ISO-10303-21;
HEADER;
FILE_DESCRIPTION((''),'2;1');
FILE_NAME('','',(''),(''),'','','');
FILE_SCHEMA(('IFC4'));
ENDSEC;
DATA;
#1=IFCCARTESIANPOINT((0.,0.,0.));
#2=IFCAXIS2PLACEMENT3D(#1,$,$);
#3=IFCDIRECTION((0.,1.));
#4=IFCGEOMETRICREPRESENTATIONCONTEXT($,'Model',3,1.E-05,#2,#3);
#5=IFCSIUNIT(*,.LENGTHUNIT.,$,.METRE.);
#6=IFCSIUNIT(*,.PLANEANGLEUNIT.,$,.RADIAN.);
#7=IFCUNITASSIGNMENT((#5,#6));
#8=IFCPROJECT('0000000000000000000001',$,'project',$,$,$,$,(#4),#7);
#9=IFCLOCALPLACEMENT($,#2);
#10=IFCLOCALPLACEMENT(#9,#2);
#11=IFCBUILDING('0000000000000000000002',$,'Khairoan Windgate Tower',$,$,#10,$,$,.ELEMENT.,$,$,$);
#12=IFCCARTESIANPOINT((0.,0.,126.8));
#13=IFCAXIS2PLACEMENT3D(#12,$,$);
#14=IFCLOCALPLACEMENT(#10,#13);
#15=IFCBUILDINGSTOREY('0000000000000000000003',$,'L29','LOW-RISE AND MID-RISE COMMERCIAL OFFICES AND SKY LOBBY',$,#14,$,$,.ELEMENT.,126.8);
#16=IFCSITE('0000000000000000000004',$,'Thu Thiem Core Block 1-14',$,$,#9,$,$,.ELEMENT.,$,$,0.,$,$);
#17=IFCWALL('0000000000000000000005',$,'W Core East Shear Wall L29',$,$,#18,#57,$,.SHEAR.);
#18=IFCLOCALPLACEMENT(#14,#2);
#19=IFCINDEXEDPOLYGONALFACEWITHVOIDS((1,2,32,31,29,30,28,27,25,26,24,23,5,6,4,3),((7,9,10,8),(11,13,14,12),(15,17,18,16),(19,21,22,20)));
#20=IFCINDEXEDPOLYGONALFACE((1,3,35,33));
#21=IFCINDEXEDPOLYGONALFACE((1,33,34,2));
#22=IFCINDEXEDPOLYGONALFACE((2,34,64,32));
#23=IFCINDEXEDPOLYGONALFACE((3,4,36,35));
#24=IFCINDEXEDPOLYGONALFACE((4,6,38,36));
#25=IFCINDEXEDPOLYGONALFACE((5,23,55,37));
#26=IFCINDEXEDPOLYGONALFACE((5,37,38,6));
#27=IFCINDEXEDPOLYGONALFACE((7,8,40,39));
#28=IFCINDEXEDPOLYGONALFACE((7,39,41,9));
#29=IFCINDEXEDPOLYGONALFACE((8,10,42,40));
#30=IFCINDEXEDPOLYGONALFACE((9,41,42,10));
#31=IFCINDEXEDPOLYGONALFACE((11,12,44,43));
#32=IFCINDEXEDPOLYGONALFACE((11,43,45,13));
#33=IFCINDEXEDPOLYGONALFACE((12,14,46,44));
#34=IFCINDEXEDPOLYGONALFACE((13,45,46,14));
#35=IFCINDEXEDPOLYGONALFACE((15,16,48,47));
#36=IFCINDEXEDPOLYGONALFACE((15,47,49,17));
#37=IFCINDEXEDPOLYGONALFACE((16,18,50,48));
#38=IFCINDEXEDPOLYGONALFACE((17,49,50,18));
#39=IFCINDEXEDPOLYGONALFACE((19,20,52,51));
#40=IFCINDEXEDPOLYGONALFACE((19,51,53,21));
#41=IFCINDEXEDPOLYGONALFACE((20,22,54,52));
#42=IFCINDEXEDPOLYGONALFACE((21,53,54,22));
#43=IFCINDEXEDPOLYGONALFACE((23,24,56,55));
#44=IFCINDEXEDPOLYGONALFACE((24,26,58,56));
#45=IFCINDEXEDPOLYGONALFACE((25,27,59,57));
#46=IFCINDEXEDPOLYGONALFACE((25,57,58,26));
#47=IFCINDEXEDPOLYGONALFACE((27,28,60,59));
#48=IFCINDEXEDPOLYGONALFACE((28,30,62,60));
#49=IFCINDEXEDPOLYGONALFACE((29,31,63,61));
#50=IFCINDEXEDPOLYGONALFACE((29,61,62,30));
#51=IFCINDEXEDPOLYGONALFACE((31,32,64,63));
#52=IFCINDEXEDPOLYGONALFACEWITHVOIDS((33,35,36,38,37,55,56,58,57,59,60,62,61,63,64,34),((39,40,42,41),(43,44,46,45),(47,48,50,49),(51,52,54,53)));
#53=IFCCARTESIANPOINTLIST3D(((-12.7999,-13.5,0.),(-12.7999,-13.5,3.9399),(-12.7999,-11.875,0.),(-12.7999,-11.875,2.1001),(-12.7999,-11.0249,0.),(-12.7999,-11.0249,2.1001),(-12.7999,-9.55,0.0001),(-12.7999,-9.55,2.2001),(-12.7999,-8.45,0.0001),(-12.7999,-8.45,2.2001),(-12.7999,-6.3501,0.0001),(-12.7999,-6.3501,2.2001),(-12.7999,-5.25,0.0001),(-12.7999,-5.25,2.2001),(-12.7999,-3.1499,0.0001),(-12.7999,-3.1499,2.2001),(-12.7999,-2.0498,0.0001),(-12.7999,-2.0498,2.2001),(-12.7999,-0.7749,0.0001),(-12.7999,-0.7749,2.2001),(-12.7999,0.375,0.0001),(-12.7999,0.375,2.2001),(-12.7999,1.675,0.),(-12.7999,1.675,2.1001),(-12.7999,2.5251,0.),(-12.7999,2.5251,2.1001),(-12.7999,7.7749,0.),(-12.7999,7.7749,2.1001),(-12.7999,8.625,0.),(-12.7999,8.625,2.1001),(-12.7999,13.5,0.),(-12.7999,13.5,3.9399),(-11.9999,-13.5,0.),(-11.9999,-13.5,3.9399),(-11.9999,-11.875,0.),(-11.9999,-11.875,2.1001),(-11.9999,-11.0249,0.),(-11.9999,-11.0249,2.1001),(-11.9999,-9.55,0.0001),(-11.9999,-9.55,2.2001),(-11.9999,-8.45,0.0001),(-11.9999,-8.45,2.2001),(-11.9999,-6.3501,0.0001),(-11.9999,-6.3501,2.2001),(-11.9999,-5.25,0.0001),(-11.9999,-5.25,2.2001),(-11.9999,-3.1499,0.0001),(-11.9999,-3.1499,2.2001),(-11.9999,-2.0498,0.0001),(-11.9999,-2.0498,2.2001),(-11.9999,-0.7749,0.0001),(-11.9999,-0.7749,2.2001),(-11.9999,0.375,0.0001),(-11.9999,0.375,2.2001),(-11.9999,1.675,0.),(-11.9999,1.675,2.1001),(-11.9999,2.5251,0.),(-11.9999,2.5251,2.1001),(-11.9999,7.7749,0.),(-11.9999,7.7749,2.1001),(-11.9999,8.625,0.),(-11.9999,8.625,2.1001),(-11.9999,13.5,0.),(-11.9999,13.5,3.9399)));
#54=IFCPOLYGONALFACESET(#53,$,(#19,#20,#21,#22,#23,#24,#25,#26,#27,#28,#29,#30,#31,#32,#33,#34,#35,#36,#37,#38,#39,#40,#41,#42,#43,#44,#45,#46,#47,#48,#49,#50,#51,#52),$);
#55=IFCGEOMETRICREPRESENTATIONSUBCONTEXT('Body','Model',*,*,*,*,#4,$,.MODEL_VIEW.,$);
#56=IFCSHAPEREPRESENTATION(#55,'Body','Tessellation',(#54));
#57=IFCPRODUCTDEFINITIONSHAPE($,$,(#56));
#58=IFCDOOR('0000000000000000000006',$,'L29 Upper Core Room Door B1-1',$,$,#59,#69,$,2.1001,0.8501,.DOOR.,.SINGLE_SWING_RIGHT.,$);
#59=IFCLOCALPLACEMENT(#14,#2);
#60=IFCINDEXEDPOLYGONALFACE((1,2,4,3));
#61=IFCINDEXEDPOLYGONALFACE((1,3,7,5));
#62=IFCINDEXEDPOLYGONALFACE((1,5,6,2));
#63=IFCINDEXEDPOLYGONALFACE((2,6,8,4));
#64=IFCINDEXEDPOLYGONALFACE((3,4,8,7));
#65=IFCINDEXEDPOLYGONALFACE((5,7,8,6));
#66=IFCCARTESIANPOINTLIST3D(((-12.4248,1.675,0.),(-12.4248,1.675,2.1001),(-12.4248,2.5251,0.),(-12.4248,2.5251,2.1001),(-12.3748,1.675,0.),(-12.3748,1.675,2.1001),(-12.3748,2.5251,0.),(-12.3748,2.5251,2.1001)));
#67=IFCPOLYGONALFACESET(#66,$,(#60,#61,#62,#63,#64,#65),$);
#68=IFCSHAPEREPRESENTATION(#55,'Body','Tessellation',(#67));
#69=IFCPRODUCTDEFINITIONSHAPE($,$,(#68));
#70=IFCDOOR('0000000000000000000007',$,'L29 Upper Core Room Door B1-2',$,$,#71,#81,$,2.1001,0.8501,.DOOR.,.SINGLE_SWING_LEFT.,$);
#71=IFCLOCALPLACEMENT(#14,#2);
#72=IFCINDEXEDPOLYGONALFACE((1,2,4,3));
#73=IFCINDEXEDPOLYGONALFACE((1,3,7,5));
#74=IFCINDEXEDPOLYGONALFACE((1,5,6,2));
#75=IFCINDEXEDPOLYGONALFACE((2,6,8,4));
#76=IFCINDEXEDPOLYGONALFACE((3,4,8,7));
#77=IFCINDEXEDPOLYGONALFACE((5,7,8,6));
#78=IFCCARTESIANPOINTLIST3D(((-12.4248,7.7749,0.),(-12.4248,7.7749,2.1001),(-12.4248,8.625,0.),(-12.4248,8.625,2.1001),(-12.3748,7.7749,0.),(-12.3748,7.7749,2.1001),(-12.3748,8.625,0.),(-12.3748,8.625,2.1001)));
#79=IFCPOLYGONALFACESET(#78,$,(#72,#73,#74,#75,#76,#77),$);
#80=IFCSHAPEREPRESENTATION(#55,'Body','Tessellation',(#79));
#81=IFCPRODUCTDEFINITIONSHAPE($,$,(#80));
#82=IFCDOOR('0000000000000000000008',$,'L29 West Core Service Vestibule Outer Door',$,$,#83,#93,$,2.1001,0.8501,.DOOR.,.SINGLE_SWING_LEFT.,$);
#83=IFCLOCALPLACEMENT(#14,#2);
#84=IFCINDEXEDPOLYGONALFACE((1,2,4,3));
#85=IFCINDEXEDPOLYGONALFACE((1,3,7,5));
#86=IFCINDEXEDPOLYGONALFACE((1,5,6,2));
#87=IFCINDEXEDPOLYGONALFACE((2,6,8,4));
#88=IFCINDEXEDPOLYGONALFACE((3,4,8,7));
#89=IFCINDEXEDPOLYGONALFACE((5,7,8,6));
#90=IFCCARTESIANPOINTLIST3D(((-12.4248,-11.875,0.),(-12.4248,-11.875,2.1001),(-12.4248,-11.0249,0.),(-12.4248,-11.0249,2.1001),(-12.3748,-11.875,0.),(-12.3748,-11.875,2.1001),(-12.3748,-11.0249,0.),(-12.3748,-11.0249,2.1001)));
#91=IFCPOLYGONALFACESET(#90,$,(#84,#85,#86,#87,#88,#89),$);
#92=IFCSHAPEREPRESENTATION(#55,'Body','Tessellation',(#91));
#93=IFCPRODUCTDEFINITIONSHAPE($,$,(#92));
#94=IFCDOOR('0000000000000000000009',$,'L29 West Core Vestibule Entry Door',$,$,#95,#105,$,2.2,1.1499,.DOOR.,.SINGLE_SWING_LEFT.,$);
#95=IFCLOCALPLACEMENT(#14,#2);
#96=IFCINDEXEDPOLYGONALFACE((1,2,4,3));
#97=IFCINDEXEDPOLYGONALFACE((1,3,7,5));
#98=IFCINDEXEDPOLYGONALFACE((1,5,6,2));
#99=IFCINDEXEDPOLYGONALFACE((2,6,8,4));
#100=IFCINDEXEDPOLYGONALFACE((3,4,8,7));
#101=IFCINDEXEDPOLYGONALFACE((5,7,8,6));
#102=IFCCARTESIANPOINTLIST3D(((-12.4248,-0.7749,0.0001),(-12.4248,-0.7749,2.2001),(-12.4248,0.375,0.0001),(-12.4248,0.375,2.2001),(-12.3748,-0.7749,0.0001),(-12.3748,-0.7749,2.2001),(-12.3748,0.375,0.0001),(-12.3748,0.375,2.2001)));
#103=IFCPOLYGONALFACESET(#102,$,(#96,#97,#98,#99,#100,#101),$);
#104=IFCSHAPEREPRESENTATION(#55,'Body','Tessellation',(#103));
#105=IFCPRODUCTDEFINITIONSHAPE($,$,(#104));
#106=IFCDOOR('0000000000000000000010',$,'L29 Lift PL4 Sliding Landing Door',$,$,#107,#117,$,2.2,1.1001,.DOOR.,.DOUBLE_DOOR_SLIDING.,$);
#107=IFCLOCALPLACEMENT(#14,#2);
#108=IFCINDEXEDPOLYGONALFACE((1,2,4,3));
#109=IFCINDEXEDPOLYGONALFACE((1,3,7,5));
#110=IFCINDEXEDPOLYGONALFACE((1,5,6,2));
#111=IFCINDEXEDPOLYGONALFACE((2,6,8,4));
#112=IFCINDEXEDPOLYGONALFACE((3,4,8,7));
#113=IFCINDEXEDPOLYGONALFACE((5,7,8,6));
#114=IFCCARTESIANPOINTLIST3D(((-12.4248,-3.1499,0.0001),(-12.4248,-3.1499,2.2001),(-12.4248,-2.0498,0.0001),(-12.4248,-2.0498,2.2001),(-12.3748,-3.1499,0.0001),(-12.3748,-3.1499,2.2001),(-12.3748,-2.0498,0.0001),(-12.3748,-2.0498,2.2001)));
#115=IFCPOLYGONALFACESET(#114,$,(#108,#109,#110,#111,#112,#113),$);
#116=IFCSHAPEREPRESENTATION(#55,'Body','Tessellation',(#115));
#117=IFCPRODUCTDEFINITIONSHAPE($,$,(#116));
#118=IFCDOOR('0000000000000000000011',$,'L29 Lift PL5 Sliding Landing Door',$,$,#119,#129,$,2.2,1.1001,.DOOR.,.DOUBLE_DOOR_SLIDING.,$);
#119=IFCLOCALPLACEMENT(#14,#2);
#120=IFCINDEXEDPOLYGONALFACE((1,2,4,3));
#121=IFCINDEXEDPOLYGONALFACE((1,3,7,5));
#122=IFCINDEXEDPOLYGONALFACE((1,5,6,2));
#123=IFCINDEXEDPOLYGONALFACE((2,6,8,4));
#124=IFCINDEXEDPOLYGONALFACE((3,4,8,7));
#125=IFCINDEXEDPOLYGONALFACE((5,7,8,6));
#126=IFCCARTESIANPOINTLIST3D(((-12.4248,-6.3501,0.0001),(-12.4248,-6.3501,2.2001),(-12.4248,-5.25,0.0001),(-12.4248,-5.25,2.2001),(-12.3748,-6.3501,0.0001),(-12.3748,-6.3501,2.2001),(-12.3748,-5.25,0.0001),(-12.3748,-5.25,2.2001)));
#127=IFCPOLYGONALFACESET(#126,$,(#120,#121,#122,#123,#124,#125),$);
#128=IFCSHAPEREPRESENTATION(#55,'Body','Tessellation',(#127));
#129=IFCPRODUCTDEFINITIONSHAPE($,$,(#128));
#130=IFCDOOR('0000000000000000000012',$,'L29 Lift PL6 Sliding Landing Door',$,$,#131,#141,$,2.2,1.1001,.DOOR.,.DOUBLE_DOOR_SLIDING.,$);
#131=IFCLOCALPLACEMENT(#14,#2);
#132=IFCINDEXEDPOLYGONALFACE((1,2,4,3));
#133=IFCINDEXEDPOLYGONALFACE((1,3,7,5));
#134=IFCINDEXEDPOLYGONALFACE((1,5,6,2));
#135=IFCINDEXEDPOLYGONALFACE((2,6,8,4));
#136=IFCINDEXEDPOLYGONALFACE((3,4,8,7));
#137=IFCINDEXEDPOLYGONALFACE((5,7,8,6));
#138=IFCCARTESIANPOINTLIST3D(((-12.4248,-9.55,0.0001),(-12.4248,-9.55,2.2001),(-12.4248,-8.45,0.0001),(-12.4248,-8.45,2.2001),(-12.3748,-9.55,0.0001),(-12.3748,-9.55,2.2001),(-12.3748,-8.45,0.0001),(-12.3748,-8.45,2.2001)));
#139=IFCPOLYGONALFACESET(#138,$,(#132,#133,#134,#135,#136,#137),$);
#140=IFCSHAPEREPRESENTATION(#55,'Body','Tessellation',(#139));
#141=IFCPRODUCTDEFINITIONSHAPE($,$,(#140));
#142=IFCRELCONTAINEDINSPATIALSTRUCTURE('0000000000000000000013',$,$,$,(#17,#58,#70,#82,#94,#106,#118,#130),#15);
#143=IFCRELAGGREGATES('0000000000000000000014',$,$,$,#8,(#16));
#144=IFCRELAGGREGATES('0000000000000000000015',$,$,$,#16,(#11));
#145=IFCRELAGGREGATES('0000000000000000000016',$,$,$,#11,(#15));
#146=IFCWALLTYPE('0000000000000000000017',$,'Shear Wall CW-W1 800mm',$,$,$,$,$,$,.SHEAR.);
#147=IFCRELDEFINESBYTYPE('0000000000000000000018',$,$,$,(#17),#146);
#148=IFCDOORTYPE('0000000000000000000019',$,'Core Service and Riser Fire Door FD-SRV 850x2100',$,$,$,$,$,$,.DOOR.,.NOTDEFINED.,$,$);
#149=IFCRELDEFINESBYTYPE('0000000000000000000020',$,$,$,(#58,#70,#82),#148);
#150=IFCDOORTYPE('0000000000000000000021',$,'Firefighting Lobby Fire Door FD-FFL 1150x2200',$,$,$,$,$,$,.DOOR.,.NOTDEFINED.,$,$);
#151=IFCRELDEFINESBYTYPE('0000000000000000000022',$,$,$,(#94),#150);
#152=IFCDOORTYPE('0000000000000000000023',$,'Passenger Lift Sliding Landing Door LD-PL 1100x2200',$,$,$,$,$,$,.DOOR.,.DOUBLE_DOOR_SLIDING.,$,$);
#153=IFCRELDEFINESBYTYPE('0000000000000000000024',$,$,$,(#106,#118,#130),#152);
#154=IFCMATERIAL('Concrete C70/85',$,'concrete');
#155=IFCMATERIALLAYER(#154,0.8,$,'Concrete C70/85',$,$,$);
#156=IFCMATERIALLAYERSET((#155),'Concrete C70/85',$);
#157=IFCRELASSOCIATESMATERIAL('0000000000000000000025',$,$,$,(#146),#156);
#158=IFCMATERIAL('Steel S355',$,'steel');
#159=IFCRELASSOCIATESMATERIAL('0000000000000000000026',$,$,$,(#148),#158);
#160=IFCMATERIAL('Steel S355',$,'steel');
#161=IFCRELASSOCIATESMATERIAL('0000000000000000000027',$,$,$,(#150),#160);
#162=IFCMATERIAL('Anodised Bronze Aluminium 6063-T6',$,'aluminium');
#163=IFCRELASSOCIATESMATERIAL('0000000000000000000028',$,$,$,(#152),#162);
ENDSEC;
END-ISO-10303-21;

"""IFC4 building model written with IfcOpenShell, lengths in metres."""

from ifc_helpers import new_model, si_unit, direction, frame, frame_2d, origin, place, context, subcontext, project, spatial, rectangle, extrude, material, layer, layer_set, type_object, element, fill, save


model = new_model("IFC4")

# Units and contexts
model_context = context("Model", 3, precision=1e-05, world=origin(), true_north=direction((0.0, 1.0)))
body_context = subcontext(model_context, "Body", "Model", "MODEL_VIEW")
ifc_project = project(units=[si_unit("LENGTHUNIT", "METRE"), si_unit("PLANEANGLEUNIT", "RADIAN")], contexts=[model_context])

# Site, building, storey
site_placement = place(None, origin())
site = spatial("IfcSite", under=ifc_project, at=site_placement, Name="Thu Thiem Core Block 1-14", CompositionType="ELEMENT", RefElevation=0.0)
building_placement = place(site_placement, origin())
building = spatial("IfcBuilding", under=site, at=building_placement, Name="Khairoan Windgate Tower", CompositionType="ELEMENT")
storey_placement = place(building_placement, frame((0.0, 0.0, 126.8)))
storey = spatial("IfcBuildingStorey", under=building, at=storey_placement, Name="L29", Description="LOW-RISE AND MID-RISE COMMERCIAL OFFICES AND SKY LOBBY", CompositionType="ELEMENT", Elevation=126.8)

# Wall, openings, doors
ifc_material_1 = material(Name="Concrete C70/85", Category="concrete")
ifc_layer_1 = layer(ifc_material_1, 0.8, Name="Concrete C70/85")
ifc_layer_set_1 = layer_set([ifc_layer_1], Name="Concrete C70/85")
wall_type_1 = type_object("IfcWallType", Name="Shear Wall CW-W1 800mm", PredefinedType="SHEAR", material=ifc_layer_set_1)
wall_1_placement = place(storey_placement, frame((-12.3999, -13.5, 0.0), z_axis=(0.0, 0.0, 1.0), x_axis=(0.0, 1.0, 0.0)))
wall_1 = element("IfcWall", 1, at=wall_1_placement, inside=storey, type_object=wall_type_1, Name="W Core East Shear Wall L29", PredefinedType="SHEAR", context=body_context, shape_type="SweptSolid", body=[
    extrude(rectangle(XDim=27.0, YDim=0.8, at=frame_2d((13.5, 0.0))), origin(), (0.0, 0.0, 1.0), 3.9399),
])
opening_1_placement = place(wall_1_placement, frame((10.3501, 0.0, 0.0)))
opening_1 = element("IfcOpeningElement", 2, at=opening_1_placement, cuts=wall_1, PredefinedType="OPENING", context=body_context, shape_type="SweptSolid", body=[
    extrude(rectangle(XDim=1.1001, YDim=2.2, at=frame_2d((0.55, 1.1001))), frame((0.0, 0.4099, 0.0), z_axis=(0.0, -1.0, 0.0), x_axis=(1.0, 0.0, 0.0)), (0.0, 0.0, 1.0), 0.8201),
])
opening_2_placement = place(wall_1_placement, frame((7.1499, 0.0, 0.0)))
opening_2 = element("IfcOpeningElement", 3, at=opening_2_placement, cuts=wall_1, PredefinedType="OPENING", context=body_context, shape_type="SweptSolid", body=[
    extrude(rectangle(XDim=1.1001, YDim=2.2, at=frame_2d((0.55, 1.1001))), frame((0.0, 0.4099, 0.0), z_axis=(0.0, -1.0, 0.0), x_axis=(1.0, 0.0, 0.0)), (0.0, 0.0, 1.0), 0.8201),
])
opening_3_placement = place(wall_1_placement, frame((3.95, 0.0, 0.0)))
opening_3 = element("IfcOpeningElement", 4, at=opening_3_placement, cuts=wall_1, PredefinedType="OPENING", context=body_context, shape_type="SweptSolid", body=[
    extrude(rectangle(XDim=1.1001, YDim=2.2, at=frame_2d((0.55, 1.1001))), frame((0.0, 0.4099, 0.0), z_axis=(0.0, -1.0, 0.0), x_axis=(1.0, 0.0, 0.0)), (0.0, 0.0, 1.0), 0.8201),
])
opening_4_placement = place(wall_1_placement, frame((15.175, 0.0, 0.0)))
opening_4 = element("IfcOpeningElement", 5, at=opening_4_placement, cuts=wall_1, PredefinedType="OPENING", context=body_context, shape_type="SweptSolid", body=[
    extrude(rectangle(XDim=0.8501, YDim=2.1001, at=frame_2d((0.425, 1.05))), frame((0.0, 0.4099, 0.0), z_axis=(0.0, -1.0, 0.0), x_axis=(1.0, 0.0, 0.0)), (0.0, 0.0, 1.0), 0.8201),
])
opening_5_placement = place(wall_1_placement, frame((21.2749, 0.0, 0.0)))
opening_5 = element("IfcOpeningElement", 6, at=opening_5_placement, cuts=wall_1, PredefinedType="OPENING", context=body_context, shape_type="SweptSolid", body=[
    extrude(rectangle(XDim=0.8501, YDim=2.1001, at=frame_2d((0.425, 1.05))), frame((0.0, 0.4099, 0.0), z_axis=(0.0, -1.0, 0.0), x_axis=(1.0, 0.0, 0.0)), (0.0, 0.0, 1.0), 0.8201),
])
opening_6_placement = place(wall_1_placement, frame((12.7251, 0.0, 0.0)))
opening_6 = element("IfcOpeningElement", 7, at=opening_6_placement, cuts=wall_1, PredefinedType="OPENING", context=body_context, shape_type="SweptSolid", body=[
    extrude(rectangle(XDim=1.1499, YDim=2.2, at=frame_2d((0.575, 1.1001))), frame((0.0, 0.4099, 0.0), z_axis=(0.0, -1.0, 0.0), x_axis=(1.0, 0.0, 0.0)), (0.0, 0.0, 1.0), 0.8201),
])
opening_7_placement = place(wall_1_placement, frame((1.625, 0.0, 0.0)))
opening_7 = element("IfcOpeningElement", 8, at=opening_7_placement, cuts=wall_1, PredefinedType="OPENING", context=body_context, shape_type="SweptSolid", body=[
    extrude(rectangle(XDim=0.8501, YDim=2.1001, at=frame_2d((0.425, 1.05))), frame((0.0, 0.4099, 0.0), z_axis=(0.0, -1.0, 0.0), x_axis=(1.0, 0.0, 0.0)), (0.0, 0.0, 1.0), 0.8201),
])
ifc_material_2 = material(Name="Steel S355", Category="steel")
door_type_1 = type_object("IfcDoorType", Name="Core Service and Riser Fire Door FD-SRV 850x2100", OperationType="NOTDEFINED", PredefinedType="DOOR", material=ifc_material_2)
door_1_placement = place(opening_4_placement, origin())
door_1 = element("IfcDoor", 9, at=door_1_placement, inside=storey, type_object=door_type_1, Name="L29 Upper Core Room Door B1-1", OperationType="SINGLE_SWING_RIGHT", OverallHeight=2.1001, OverallWidth=0.8501, PredefinedType="DOOR", context=body_context, shape_type="SweptSolid", body=[
    extrude(rectangle(XDim=0.8501, YDim=2.1001, at=frame_2d((0.425, 1.05))), frame((0.0, 0.0249, 0.0), z_axis=(0.0, -1.0, 0.0), x_axis=(1.0, 0.0, 0.0)), (0.0, 0.0, 1.0), 0.05),
])
fill(opening_4, door_1)
door_2_placement = place(opening_5_placement, origin())
door_2 = element("IfcDoor", 10, at=door_2_placement, inside=storey, type_object=door_type_1, Name="L29 Upper Core Room Door B1-2", OperationType="SINGLE_SWING_LEFT", OverallHeight=2.1001, OverallWidth=0.8501, PredefinedType="DOOR", context=body_context, shape_type="SweptSolid", body=[
    extrude(rectangle(XDim=0.8501, YDim=2.1001, at=frame_2d((0.425, 1.05))), frame((0.0, 0.0249, 0.0), z_axis=(0.0, -1.0, 0.0), x_axis=(1.0, 0.0, 0.0)), (0.0, 0.0, 1.0), 0.05),
])
fill(opening_5, door_2)
door_3_placement = place(opening_7_placement, origin())
door_3 = element("IfcDoor", 11, at=door_3_placement, inside=storey, type_object=door_type_1, Name="L29 West Core Service Vestibule Outer Door", OperationType="SINGLE_SWING_LEFT", OverallHeight=2.1001, OverallWidth=0.8501, PredefinedType="DOOR", context=body_context, shape_type="SweptSolid", body=[
    extrude(rectangle(XDim=0.8501, YDim=2.1001, at=frame_2d((0.425, 1.05))), frame((0.0, 0.0249, 0.0), z_axis=(0.0, -1.0, 0.0), x_axis=(1.0, 0.0, 0.0)), (0.0, 0.0, 1.0), 0.05),
])
fill(opening_7, door_3)
ifc_material_3 = material(Name="Steel S355", Category="steel")
door_type_2 = type_object("IfcDoorType", Name="Firefighting Lobby Fire Door FD-FFL 1150x2200", OperationType="NOTDEFINED", PredefinedType="DOOR", material=ifc_material_3)
door_4_placement = place(opening_6_placement, origin())
door_4 = element("IfcDoor", 12, at=door_4_placement, inside=storey, type_object=door_type_2, Name="L29 West Core Vestibule Entry Door", OperationType="SINGLE_SWING_LEFT", OverallHeight=2.2, OverallWidth=1.1499, PredefinedType="DOOR", context=body_context, shape_type="SweptSolid", body=[
    extrude(rectangle(XDim=1.1499, YDim=2.2, at=frame_2d((0.575, 1.1001))), frame((0.0, 0.0249, 0.0), z_axis=(0.0, -1.0, 0.0), x_axis=(1.0, 0.0, 0.0)), (0.0, 0.0, 1.0), 0.05),
])
fill(opening_6, door_4)
ifc_material_4 = material(Name="Anodised Bronze Aluminium 6063-T6", Category="aluminium")
door_type_3 = type_object("IfcDoorType", Name="Passenger Lift Sliding Landing Door LD-PL 1100x2200", OperationType="DOUBLE_DOOR_SLIDING", PredefinedType="DOOR", material=ifc_material_4)
door_5_placement = place(opening_1_placement, origin())
door_5 = element("IfcDoor", 13, at=door_5_placement, inside=storey, type_object=door_type_3, Name="L29 Lift PL4 Sliding Landing Door", OperationType="DOUBLE_DOOR_SLIDING", OverallHeight=2.2, OverallWidth=1.1001, PredefinedType="DOOR", context=body_context, shape_type="SweptSolid", body=[
    extrude(rectangle(XDim=1.1001, YDim=2.2, at=frame_2d((0.55, 1.1001))), frame((0.0, 0.0249, 0.0), z_axis=(0.0, -1.0, 0.0), x_axis=(1.0, 0.0, 0.0)), (0.0, 0.0, 1.0), 0.05),
])
fill(opening_1, door_5)
door_6_placement = place(opening_2_placement, origin())
door_6 = element("IfcDoor", 14, at=door_6_placement, inside=storey, type_object=door_type_3, Name="L29 Lift PL5 Sliding Landing Door", OperationType="DOUBLE_DOOR_SLIDING", OverallHeight=2.2, OverallWidth=1.1001, PredefinedType="DOOR", context=body_context, shape_type="SweptSolid", body=[
    extrude(rectangle(XDim=1.1001, YDim=2.2, at=frame_2d((0.55, 1.1001))), frame((0.0, 0.0249, 0.0), z_axis=(0.0, -1.0, 0.0), x_axis=(1.0, 0.0, 0.0)), (0.0, 0.0, 1.0), 0.05),
])
fill(opening_2, door_6)
door_7_placement = place(opening_3_placement, origin())
door_7 = element("IfcDoor", 15, at=door_7_placement, inside=storey, type_object=door_type_3, Name="L29 Lift PL6 Sliding Landing Door", OperationType="DOUBLE_DOOR_SLIDING", OverallHeight=2.2, OverallWidth=1.1001, PredefinedType="DOOR", context=body_context, shape_type="SweptSolid", body=[
    extrude(rectangle(XDim=1.1001, YDim=2.2, at=frame_2d((0.55, 1.1001))), frame((0.0, 0.0249, 0.0), z_axis=(0.0, -1.0, 0.0), x_axis=(1.0, 0.0, 0.0)), (0.0, 0.0, 1.0), 0.05),
])
fill(opening_3, door_7)

save(model, "model.ifc")
